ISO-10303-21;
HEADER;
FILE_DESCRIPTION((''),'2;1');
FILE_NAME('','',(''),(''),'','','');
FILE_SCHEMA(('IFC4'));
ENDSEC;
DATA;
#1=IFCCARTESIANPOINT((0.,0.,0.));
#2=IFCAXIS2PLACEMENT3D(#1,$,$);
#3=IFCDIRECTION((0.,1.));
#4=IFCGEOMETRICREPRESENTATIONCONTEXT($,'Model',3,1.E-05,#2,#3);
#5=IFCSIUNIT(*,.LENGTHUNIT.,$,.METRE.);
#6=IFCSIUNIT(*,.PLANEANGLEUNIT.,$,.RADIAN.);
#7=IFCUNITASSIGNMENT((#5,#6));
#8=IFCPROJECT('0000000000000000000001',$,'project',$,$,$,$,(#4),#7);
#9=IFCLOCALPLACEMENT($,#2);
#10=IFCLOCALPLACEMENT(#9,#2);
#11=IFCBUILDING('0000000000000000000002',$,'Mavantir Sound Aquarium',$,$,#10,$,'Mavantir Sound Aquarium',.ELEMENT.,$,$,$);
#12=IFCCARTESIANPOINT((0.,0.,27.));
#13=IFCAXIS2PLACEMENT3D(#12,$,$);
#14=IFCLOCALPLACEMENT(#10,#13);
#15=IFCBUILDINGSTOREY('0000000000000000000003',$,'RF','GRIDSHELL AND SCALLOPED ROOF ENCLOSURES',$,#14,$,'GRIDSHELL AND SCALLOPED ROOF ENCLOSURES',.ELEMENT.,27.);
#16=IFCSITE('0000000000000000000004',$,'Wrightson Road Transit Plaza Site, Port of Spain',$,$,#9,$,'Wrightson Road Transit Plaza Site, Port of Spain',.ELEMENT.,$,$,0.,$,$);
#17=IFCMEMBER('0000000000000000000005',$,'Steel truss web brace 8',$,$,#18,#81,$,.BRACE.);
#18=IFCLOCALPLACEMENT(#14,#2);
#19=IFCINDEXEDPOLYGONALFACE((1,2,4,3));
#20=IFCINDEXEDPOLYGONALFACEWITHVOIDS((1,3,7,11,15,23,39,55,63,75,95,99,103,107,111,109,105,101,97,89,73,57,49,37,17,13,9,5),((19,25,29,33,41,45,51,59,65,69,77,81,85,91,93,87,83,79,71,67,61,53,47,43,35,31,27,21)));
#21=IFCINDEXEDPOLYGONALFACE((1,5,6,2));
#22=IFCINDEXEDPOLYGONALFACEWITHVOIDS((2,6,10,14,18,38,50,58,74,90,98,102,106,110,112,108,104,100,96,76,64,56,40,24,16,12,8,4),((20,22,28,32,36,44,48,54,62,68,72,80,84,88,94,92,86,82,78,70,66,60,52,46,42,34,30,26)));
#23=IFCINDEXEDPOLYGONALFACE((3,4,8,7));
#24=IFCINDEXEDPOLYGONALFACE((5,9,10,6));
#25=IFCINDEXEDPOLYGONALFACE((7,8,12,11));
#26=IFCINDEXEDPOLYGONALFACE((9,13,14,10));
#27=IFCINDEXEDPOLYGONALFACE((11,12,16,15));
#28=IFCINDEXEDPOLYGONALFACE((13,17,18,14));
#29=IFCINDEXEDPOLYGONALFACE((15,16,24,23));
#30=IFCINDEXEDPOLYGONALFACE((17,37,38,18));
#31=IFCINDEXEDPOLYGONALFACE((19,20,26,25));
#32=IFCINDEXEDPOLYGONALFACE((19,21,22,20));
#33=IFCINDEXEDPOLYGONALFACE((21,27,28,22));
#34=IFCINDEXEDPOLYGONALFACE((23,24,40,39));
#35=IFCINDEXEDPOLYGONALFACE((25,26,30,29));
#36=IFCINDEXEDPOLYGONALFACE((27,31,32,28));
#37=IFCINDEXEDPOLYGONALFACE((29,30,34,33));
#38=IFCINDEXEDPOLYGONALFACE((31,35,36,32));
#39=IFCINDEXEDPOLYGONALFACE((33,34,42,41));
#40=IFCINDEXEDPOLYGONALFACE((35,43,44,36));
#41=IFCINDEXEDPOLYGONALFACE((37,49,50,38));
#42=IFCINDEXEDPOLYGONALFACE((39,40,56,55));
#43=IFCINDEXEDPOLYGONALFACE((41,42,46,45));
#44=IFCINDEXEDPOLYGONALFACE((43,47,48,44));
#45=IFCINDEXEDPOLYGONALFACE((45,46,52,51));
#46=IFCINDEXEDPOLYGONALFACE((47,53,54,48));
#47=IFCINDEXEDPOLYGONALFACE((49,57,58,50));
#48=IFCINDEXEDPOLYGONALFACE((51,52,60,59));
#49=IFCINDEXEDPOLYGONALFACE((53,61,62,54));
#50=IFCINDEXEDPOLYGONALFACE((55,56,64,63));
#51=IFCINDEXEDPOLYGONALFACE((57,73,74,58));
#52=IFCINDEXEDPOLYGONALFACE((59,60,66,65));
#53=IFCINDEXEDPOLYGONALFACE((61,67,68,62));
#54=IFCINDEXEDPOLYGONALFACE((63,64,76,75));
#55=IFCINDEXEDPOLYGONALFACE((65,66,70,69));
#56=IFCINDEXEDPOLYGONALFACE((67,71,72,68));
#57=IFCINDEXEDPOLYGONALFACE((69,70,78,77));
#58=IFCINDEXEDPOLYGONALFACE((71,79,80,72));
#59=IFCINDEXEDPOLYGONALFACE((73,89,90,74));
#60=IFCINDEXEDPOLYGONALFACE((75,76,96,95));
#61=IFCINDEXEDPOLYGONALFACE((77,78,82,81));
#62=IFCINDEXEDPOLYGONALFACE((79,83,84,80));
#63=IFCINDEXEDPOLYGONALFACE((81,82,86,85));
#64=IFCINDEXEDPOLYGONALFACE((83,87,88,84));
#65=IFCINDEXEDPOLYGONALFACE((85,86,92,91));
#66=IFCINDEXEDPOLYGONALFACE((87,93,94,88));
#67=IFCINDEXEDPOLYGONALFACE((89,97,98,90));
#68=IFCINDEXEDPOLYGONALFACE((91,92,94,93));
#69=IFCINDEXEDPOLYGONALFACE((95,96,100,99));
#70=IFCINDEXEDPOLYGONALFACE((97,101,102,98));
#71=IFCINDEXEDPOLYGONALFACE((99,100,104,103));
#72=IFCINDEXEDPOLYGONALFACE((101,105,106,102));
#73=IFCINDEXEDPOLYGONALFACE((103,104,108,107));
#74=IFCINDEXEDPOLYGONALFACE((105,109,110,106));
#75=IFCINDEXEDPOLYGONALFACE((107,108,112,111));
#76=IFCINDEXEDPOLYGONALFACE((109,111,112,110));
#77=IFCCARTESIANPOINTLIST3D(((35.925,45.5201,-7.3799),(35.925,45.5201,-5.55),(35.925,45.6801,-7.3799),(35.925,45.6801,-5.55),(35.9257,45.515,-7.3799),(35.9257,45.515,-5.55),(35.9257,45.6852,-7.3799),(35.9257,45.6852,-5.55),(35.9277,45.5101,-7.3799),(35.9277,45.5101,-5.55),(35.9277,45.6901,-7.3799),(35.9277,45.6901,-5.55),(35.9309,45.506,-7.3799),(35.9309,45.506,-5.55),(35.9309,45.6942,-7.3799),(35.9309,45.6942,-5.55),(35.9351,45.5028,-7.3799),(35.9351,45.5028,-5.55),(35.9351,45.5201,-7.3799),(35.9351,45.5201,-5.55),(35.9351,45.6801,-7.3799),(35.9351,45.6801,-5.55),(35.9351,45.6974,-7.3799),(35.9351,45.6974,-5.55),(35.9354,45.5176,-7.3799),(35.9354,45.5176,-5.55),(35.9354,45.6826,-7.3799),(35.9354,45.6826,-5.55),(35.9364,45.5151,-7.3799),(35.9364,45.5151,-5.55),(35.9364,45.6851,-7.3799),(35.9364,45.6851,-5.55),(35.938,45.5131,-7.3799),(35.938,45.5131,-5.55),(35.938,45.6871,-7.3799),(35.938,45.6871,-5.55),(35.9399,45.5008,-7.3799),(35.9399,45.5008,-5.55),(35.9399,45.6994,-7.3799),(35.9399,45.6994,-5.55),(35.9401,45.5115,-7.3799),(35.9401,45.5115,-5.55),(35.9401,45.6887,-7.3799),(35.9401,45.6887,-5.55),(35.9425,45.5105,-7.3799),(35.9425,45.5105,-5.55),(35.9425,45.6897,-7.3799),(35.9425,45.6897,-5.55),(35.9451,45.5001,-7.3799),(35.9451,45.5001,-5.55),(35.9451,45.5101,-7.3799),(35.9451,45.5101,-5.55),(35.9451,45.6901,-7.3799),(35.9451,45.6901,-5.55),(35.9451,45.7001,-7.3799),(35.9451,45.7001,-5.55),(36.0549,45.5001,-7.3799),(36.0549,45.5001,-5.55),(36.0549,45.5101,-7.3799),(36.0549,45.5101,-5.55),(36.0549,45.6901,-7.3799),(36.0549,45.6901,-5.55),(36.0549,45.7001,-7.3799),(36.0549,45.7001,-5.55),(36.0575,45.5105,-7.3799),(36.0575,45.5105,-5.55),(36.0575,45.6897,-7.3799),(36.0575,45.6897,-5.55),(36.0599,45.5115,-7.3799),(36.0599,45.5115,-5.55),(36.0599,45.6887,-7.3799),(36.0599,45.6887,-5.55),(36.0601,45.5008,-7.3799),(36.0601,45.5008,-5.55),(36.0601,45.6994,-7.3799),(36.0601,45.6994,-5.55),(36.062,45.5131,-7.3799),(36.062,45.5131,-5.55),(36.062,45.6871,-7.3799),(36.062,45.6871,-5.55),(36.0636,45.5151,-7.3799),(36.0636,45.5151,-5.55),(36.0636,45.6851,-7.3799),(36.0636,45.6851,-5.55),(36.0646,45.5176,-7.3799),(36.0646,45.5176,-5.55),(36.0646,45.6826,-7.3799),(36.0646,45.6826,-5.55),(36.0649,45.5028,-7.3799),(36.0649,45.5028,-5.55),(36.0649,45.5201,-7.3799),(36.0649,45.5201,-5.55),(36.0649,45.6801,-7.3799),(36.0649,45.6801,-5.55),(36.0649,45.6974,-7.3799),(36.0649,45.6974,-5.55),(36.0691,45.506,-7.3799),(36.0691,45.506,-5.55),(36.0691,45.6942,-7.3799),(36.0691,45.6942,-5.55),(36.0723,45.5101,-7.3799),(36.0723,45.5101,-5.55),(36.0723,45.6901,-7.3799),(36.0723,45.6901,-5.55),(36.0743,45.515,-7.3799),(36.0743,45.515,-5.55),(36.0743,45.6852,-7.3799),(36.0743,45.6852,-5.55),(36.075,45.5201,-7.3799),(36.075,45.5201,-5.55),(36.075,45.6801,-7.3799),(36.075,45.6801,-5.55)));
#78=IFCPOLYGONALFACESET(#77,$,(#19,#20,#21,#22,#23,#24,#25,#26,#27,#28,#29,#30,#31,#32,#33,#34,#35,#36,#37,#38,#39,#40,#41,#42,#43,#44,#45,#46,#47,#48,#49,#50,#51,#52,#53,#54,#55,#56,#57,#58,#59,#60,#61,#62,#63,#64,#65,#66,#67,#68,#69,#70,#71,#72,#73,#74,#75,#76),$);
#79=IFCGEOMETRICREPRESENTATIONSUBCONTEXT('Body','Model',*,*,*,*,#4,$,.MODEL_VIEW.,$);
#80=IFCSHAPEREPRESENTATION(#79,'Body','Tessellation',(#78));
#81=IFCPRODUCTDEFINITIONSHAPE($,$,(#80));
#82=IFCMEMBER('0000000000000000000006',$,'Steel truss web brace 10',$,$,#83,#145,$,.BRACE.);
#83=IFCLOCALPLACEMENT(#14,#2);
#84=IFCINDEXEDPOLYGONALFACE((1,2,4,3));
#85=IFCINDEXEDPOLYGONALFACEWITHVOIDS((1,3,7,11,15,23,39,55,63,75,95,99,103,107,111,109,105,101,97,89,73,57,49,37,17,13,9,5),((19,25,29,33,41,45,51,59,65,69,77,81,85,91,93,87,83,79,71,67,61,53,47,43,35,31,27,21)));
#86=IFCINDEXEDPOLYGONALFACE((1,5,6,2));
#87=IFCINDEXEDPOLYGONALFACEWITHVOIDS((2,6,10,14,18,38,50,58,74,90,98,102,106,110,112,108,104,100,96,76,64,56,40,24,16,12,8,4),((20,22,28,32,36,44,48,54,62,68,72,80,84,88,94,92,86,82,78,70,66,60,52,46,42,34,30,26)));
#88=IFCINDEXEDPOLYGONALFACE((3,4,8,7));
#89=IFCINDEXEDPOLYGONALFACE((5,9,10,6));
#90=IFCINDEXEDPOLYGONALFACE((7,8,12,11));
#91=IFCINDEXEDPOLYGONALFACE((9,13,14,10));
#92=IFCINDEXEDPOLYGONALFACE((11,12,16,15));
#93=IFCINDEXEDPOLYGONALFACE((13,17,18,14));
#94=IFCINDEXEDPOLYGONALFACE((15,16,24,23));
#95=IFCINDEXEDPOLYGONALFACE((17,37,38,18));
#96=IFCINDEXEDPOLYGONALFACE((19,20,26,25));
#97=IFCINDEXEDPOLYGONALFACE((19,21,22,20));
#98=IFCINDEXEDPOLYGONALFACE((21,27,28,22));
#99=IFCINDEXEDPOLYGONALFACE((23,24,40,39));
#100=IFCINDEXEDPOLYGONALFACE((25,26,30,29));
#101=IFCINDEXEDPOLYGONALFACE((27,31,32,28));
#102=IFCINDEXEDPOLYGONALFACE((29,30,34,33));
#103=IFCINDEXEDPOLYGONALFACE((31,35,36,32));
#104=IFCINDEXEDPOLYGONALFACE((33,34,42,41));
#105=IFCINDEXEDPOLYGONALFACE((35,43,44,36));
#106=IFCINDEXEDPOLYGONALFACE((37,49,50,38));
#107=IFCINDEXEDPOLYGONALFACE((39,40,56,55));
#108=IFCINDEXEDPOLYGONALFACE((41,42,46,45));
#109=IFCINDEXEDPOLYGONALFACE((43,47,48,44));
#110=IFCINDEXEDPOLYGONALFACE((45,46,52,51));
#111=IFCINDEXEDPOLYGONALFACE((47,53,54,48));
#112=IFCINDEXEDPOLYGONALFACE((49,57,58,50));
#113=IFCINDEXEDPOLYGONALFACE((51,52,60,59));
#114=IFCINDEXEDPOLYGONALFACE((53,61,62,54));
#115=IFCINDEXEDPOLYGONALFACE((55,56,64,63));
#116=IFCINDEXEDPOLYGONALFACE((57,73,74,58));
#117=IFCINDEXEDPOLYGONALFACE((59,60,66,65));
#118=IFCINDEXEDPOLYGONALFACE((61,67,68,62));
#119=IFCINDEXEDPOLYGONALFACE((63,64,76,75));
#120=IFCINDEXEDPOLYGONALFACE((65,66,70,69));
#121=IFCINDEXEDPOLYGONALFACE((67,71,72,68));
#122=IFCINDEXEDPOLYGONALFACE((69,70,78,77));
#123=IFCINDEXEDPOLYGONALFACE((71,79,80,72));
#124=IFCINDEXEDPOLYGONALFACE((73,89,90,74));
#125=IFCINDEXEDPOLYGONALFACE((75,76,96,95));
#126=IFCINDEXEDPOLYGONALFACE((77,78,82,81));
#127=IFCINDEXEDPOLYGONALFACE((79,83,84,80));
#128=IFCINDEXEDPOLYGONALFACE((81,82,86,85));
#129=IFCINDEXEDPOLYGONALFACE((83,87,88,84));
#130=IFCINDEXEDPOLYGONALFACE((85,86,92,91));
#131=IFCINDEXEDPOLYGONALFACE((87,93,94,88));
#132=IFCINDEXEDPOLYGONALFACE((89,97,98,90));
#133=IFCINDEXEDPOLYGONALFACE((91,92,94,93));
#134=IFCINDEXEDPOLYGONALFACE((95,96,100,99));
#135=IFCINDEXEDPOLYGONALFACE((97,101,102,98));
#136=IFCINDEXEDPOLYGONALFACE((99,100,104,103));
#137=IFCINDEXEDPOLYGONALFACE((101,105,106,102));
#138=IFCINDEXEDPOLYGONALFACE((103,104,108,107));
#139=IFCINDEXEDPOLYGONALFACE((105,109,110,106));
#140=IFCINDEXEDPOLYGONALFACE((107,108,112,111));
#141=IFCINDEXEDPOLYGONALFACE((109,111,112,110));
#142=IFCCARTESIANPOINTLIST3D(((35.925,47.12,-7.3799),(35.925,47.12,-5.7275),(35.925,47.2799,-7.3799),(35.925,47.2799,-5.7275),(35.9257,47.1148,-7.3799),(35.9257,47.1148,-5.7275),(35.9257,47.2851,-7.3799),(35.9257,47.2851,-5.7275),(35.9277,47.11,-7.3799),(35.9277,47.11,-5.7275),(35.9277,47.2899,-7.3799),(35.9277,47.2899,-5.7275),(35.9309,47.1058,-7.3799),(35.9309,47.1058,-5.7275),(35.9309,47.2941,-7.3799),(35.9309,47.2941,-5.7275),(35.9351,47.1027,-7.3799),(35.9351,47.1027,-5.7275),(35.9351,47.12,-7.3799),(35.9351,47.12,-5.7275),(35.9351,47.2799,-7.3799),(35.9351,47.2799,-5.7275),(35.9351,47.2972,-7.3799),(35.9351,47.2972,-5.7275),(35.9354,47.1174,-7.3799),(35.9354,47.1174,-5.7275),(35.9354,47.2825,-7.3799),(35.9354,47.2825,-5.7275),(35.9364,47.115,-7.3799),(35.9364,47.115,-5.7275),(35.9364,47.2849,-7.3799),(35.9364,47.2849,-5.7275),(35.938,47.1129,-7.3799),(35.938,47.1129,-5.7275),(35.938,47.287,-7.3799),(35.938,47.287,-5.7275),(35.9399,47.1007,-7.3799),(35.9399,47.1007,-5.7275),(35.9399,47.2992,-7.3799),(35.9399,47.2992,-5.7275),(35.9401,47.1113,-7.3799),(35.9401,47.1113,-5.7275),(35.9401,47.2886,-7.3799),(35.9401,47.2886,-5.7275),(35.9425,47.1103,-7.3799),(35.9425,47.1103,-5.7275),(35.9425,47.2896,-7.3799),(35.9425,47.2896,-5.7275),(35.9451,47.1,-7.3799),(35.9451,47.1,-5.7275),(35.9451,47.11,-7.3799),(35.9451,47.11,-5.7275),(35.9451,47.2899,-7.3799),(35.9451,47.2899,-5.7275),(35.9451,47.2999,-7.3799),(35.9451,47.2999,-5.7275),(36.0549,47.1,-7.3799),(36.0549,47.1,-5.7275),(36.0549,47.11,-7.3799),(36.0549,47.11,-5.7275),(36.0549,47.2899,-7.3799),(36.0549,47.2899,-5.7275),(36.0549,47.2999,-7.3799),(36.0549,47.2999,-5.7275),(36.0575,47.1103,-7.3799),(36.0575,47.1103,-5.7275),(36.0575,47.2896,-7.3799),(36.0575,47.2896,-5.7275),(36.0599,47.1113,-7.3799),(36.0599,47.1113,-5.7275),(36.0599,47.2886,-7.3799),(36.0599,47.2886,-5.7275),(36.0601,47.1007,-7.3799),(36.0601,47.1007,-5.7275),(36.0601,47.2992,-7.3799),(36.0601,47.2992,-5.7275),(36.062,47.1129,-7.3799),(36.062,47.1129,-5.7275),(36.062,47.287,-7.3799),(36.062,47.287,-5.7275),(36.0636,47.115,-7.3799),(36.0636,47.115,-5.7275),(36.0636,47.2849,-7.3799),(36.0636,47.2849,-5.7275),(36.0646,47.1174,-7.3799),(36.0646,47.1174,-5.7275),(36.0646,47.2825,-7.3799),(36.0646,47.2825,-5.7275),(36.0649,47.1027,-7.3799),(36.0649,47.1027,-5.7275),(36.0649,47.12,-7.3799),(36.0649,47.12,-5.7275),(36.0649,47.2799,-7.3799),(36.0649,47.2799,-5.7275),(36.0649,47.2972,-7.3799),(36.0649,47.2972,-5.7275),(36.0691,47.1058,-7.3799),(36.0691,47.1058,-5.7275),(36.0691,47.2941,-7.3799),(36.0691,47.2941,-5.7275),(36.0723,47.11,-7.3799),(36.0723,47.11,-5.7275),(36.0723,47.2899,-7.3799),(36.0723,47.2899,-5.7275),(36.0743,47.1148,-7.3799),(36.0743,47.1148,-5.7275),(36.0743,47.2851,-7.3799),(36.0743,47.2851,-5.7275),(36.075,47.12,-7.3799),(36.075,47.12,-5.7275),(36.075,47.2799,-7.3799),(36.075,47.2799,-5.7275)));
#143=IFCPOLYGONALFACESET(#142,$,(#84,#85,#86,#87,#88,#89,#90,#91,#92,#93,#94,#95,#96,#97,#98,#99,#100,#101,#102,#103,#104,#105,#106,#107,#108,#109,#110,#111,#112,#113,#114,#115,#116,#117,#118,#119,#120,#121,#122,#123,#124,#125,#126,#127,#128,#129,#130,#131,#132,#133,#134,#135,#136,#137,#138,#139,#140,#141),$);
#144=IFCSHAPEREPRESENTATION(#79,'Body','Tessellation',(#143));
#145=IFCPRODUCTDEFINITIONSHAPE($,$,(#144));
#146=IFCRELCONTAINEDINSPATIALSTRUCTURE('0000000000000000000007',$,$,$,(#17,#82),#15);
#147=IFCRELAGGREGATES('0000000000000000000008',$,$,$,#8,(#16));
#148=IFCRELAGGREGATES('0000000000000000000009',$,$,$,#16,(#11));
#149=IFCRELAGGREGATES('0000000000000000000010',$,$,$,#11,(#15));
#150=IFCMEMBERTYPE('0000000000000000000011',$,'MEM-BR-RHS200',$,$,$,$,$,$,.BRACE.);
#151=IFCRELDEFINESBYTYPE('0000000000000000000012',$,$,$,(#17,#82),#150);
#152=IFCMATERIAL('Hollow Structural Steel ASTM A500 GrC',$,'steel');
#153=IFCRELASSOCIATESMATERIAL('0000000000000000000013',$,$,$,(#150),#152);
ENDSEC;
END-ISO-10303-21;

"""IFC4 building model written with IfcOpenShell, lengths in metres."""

from ifc_helpers import new_model, si_unit, direction, frame, origin, origin_2d, place, context, subcontext, project, spatial, hollow_rectangle, extrude, material, material_profile, profile_set, type_object, element, save


model = new_model("IFC4")

# Units and contexts
model_context = context("Model", 3, precision=1e-05, world=origin(), true_north=direction((0.0, 1.0)))
body_context = subcontext(model_context, "Body", "Model", "MODEL_VIEW")
ifc_project = project(units=[si_unit("LENGTHUNIT", "METRE"), si_unit("PLANEANGLEUNIT", "RADIAN")], contexts=[model_context])

# Site, building, storey
site_placement = place(None, origin())
site = spatial("IfcSite", under=ifc_project, at=site_placement, Name="Wrightson Road Transit Plaza Site, Port of Spain", LongName="Wrightson Road Transit Plaza Site, Port of Spain", CompositionType="ELEMENT", RefElevation=0.0)
building_placement = place(site_placement, origin())
building = spatial("IfcBuilding", under=site, at=building_placement, Name="Mavantir Sound Aquarium", LongName="Mavantir Sound Aquarium", CompositionType="ELEMENT")
storey_placement = place(building_placement, frame((0.0, 0.0, 27.0)))
storey = spatial("IfcBuildingStorey", under=building, at=storey_placement, Name="RF", Description="GRIDSHELL AND SCALLOPED ROOF ENCLOSURES", LongName="GRIDSHELL AND SCALLOPED ROOF ENCLOSURES", CompositionType="ELEMENT", Elevation=27.0)

# Shared definitions
ifc_material_1 = material(Name="Hollow Structural Steel ASTM A500 GrC", Category="steel")

# Members
ifc_material_profile_1 = material_profile(ifc_material_1, hollow_rectangle(XDim=0.1499, YDim=0.2, WallThickness=0.01, InnerFilletRadius=0.01, OuterFilletRadius=0.02, at=origin_2d()), Name="RHS 200X150X10")
ifc_profile_set_1 = profile_set([ifc_material_profile_1], Name="Hollow Structural Steel ASTM A500 GrC")
member_type_1 = type_object("IfcMemberType", Name="MEM-BR-RHS200", PredefinedType="BRACE", material=ifc_profile_set_1)
member_1_placement = place(storey_placement, frame((36.0, 45.6001, -7.3799), z_axis=(0.0, 0.0, 1.0), x_axis=(1.0, 0.0, 0.0)))
element("IfcMember", 1, at=member_1_placement, inside=storey, type_object=member_type_1, Name="Steel truss web brace 8", PredefinedType="BRACE", context=body_context, shape_type="SweptSolid", body=[
    extrude(hollow_rectangle(XDim=0.1499, YDim=0.2, WallThickness=0.01, InnerFilletRadius=0.01, OuterFilletRadius=0.02, at=origin_2d()), origin(), (0.0, 0.0, 1.0), 1.8298),
])
member_2_placement = place(storey_placement, frame((36.0, 47.2, -7.3799), z_axis=(0.0, 0.0, 1.0), x_axis=(1.0, 0.0, 0.0)))
element("IfcMember", 2, at=member_2_placement, inside=storey, type_object=member_type_1, Name="Steel truss web brace 10", PredefinedType="BRACE", context=body_context, shape_type="SweptSolid", body=[
    extrude(hollow_rectangle(XDim=0.1499, YDim=0.2, WallThickness=0.01, InnerFilletRadius=0.01, OuterFilletRadius=0.02, at=origin_2d()), origin(), (0.0, 0.0, 1.0), 1.6523),
])

save(model, "model.ifc")
